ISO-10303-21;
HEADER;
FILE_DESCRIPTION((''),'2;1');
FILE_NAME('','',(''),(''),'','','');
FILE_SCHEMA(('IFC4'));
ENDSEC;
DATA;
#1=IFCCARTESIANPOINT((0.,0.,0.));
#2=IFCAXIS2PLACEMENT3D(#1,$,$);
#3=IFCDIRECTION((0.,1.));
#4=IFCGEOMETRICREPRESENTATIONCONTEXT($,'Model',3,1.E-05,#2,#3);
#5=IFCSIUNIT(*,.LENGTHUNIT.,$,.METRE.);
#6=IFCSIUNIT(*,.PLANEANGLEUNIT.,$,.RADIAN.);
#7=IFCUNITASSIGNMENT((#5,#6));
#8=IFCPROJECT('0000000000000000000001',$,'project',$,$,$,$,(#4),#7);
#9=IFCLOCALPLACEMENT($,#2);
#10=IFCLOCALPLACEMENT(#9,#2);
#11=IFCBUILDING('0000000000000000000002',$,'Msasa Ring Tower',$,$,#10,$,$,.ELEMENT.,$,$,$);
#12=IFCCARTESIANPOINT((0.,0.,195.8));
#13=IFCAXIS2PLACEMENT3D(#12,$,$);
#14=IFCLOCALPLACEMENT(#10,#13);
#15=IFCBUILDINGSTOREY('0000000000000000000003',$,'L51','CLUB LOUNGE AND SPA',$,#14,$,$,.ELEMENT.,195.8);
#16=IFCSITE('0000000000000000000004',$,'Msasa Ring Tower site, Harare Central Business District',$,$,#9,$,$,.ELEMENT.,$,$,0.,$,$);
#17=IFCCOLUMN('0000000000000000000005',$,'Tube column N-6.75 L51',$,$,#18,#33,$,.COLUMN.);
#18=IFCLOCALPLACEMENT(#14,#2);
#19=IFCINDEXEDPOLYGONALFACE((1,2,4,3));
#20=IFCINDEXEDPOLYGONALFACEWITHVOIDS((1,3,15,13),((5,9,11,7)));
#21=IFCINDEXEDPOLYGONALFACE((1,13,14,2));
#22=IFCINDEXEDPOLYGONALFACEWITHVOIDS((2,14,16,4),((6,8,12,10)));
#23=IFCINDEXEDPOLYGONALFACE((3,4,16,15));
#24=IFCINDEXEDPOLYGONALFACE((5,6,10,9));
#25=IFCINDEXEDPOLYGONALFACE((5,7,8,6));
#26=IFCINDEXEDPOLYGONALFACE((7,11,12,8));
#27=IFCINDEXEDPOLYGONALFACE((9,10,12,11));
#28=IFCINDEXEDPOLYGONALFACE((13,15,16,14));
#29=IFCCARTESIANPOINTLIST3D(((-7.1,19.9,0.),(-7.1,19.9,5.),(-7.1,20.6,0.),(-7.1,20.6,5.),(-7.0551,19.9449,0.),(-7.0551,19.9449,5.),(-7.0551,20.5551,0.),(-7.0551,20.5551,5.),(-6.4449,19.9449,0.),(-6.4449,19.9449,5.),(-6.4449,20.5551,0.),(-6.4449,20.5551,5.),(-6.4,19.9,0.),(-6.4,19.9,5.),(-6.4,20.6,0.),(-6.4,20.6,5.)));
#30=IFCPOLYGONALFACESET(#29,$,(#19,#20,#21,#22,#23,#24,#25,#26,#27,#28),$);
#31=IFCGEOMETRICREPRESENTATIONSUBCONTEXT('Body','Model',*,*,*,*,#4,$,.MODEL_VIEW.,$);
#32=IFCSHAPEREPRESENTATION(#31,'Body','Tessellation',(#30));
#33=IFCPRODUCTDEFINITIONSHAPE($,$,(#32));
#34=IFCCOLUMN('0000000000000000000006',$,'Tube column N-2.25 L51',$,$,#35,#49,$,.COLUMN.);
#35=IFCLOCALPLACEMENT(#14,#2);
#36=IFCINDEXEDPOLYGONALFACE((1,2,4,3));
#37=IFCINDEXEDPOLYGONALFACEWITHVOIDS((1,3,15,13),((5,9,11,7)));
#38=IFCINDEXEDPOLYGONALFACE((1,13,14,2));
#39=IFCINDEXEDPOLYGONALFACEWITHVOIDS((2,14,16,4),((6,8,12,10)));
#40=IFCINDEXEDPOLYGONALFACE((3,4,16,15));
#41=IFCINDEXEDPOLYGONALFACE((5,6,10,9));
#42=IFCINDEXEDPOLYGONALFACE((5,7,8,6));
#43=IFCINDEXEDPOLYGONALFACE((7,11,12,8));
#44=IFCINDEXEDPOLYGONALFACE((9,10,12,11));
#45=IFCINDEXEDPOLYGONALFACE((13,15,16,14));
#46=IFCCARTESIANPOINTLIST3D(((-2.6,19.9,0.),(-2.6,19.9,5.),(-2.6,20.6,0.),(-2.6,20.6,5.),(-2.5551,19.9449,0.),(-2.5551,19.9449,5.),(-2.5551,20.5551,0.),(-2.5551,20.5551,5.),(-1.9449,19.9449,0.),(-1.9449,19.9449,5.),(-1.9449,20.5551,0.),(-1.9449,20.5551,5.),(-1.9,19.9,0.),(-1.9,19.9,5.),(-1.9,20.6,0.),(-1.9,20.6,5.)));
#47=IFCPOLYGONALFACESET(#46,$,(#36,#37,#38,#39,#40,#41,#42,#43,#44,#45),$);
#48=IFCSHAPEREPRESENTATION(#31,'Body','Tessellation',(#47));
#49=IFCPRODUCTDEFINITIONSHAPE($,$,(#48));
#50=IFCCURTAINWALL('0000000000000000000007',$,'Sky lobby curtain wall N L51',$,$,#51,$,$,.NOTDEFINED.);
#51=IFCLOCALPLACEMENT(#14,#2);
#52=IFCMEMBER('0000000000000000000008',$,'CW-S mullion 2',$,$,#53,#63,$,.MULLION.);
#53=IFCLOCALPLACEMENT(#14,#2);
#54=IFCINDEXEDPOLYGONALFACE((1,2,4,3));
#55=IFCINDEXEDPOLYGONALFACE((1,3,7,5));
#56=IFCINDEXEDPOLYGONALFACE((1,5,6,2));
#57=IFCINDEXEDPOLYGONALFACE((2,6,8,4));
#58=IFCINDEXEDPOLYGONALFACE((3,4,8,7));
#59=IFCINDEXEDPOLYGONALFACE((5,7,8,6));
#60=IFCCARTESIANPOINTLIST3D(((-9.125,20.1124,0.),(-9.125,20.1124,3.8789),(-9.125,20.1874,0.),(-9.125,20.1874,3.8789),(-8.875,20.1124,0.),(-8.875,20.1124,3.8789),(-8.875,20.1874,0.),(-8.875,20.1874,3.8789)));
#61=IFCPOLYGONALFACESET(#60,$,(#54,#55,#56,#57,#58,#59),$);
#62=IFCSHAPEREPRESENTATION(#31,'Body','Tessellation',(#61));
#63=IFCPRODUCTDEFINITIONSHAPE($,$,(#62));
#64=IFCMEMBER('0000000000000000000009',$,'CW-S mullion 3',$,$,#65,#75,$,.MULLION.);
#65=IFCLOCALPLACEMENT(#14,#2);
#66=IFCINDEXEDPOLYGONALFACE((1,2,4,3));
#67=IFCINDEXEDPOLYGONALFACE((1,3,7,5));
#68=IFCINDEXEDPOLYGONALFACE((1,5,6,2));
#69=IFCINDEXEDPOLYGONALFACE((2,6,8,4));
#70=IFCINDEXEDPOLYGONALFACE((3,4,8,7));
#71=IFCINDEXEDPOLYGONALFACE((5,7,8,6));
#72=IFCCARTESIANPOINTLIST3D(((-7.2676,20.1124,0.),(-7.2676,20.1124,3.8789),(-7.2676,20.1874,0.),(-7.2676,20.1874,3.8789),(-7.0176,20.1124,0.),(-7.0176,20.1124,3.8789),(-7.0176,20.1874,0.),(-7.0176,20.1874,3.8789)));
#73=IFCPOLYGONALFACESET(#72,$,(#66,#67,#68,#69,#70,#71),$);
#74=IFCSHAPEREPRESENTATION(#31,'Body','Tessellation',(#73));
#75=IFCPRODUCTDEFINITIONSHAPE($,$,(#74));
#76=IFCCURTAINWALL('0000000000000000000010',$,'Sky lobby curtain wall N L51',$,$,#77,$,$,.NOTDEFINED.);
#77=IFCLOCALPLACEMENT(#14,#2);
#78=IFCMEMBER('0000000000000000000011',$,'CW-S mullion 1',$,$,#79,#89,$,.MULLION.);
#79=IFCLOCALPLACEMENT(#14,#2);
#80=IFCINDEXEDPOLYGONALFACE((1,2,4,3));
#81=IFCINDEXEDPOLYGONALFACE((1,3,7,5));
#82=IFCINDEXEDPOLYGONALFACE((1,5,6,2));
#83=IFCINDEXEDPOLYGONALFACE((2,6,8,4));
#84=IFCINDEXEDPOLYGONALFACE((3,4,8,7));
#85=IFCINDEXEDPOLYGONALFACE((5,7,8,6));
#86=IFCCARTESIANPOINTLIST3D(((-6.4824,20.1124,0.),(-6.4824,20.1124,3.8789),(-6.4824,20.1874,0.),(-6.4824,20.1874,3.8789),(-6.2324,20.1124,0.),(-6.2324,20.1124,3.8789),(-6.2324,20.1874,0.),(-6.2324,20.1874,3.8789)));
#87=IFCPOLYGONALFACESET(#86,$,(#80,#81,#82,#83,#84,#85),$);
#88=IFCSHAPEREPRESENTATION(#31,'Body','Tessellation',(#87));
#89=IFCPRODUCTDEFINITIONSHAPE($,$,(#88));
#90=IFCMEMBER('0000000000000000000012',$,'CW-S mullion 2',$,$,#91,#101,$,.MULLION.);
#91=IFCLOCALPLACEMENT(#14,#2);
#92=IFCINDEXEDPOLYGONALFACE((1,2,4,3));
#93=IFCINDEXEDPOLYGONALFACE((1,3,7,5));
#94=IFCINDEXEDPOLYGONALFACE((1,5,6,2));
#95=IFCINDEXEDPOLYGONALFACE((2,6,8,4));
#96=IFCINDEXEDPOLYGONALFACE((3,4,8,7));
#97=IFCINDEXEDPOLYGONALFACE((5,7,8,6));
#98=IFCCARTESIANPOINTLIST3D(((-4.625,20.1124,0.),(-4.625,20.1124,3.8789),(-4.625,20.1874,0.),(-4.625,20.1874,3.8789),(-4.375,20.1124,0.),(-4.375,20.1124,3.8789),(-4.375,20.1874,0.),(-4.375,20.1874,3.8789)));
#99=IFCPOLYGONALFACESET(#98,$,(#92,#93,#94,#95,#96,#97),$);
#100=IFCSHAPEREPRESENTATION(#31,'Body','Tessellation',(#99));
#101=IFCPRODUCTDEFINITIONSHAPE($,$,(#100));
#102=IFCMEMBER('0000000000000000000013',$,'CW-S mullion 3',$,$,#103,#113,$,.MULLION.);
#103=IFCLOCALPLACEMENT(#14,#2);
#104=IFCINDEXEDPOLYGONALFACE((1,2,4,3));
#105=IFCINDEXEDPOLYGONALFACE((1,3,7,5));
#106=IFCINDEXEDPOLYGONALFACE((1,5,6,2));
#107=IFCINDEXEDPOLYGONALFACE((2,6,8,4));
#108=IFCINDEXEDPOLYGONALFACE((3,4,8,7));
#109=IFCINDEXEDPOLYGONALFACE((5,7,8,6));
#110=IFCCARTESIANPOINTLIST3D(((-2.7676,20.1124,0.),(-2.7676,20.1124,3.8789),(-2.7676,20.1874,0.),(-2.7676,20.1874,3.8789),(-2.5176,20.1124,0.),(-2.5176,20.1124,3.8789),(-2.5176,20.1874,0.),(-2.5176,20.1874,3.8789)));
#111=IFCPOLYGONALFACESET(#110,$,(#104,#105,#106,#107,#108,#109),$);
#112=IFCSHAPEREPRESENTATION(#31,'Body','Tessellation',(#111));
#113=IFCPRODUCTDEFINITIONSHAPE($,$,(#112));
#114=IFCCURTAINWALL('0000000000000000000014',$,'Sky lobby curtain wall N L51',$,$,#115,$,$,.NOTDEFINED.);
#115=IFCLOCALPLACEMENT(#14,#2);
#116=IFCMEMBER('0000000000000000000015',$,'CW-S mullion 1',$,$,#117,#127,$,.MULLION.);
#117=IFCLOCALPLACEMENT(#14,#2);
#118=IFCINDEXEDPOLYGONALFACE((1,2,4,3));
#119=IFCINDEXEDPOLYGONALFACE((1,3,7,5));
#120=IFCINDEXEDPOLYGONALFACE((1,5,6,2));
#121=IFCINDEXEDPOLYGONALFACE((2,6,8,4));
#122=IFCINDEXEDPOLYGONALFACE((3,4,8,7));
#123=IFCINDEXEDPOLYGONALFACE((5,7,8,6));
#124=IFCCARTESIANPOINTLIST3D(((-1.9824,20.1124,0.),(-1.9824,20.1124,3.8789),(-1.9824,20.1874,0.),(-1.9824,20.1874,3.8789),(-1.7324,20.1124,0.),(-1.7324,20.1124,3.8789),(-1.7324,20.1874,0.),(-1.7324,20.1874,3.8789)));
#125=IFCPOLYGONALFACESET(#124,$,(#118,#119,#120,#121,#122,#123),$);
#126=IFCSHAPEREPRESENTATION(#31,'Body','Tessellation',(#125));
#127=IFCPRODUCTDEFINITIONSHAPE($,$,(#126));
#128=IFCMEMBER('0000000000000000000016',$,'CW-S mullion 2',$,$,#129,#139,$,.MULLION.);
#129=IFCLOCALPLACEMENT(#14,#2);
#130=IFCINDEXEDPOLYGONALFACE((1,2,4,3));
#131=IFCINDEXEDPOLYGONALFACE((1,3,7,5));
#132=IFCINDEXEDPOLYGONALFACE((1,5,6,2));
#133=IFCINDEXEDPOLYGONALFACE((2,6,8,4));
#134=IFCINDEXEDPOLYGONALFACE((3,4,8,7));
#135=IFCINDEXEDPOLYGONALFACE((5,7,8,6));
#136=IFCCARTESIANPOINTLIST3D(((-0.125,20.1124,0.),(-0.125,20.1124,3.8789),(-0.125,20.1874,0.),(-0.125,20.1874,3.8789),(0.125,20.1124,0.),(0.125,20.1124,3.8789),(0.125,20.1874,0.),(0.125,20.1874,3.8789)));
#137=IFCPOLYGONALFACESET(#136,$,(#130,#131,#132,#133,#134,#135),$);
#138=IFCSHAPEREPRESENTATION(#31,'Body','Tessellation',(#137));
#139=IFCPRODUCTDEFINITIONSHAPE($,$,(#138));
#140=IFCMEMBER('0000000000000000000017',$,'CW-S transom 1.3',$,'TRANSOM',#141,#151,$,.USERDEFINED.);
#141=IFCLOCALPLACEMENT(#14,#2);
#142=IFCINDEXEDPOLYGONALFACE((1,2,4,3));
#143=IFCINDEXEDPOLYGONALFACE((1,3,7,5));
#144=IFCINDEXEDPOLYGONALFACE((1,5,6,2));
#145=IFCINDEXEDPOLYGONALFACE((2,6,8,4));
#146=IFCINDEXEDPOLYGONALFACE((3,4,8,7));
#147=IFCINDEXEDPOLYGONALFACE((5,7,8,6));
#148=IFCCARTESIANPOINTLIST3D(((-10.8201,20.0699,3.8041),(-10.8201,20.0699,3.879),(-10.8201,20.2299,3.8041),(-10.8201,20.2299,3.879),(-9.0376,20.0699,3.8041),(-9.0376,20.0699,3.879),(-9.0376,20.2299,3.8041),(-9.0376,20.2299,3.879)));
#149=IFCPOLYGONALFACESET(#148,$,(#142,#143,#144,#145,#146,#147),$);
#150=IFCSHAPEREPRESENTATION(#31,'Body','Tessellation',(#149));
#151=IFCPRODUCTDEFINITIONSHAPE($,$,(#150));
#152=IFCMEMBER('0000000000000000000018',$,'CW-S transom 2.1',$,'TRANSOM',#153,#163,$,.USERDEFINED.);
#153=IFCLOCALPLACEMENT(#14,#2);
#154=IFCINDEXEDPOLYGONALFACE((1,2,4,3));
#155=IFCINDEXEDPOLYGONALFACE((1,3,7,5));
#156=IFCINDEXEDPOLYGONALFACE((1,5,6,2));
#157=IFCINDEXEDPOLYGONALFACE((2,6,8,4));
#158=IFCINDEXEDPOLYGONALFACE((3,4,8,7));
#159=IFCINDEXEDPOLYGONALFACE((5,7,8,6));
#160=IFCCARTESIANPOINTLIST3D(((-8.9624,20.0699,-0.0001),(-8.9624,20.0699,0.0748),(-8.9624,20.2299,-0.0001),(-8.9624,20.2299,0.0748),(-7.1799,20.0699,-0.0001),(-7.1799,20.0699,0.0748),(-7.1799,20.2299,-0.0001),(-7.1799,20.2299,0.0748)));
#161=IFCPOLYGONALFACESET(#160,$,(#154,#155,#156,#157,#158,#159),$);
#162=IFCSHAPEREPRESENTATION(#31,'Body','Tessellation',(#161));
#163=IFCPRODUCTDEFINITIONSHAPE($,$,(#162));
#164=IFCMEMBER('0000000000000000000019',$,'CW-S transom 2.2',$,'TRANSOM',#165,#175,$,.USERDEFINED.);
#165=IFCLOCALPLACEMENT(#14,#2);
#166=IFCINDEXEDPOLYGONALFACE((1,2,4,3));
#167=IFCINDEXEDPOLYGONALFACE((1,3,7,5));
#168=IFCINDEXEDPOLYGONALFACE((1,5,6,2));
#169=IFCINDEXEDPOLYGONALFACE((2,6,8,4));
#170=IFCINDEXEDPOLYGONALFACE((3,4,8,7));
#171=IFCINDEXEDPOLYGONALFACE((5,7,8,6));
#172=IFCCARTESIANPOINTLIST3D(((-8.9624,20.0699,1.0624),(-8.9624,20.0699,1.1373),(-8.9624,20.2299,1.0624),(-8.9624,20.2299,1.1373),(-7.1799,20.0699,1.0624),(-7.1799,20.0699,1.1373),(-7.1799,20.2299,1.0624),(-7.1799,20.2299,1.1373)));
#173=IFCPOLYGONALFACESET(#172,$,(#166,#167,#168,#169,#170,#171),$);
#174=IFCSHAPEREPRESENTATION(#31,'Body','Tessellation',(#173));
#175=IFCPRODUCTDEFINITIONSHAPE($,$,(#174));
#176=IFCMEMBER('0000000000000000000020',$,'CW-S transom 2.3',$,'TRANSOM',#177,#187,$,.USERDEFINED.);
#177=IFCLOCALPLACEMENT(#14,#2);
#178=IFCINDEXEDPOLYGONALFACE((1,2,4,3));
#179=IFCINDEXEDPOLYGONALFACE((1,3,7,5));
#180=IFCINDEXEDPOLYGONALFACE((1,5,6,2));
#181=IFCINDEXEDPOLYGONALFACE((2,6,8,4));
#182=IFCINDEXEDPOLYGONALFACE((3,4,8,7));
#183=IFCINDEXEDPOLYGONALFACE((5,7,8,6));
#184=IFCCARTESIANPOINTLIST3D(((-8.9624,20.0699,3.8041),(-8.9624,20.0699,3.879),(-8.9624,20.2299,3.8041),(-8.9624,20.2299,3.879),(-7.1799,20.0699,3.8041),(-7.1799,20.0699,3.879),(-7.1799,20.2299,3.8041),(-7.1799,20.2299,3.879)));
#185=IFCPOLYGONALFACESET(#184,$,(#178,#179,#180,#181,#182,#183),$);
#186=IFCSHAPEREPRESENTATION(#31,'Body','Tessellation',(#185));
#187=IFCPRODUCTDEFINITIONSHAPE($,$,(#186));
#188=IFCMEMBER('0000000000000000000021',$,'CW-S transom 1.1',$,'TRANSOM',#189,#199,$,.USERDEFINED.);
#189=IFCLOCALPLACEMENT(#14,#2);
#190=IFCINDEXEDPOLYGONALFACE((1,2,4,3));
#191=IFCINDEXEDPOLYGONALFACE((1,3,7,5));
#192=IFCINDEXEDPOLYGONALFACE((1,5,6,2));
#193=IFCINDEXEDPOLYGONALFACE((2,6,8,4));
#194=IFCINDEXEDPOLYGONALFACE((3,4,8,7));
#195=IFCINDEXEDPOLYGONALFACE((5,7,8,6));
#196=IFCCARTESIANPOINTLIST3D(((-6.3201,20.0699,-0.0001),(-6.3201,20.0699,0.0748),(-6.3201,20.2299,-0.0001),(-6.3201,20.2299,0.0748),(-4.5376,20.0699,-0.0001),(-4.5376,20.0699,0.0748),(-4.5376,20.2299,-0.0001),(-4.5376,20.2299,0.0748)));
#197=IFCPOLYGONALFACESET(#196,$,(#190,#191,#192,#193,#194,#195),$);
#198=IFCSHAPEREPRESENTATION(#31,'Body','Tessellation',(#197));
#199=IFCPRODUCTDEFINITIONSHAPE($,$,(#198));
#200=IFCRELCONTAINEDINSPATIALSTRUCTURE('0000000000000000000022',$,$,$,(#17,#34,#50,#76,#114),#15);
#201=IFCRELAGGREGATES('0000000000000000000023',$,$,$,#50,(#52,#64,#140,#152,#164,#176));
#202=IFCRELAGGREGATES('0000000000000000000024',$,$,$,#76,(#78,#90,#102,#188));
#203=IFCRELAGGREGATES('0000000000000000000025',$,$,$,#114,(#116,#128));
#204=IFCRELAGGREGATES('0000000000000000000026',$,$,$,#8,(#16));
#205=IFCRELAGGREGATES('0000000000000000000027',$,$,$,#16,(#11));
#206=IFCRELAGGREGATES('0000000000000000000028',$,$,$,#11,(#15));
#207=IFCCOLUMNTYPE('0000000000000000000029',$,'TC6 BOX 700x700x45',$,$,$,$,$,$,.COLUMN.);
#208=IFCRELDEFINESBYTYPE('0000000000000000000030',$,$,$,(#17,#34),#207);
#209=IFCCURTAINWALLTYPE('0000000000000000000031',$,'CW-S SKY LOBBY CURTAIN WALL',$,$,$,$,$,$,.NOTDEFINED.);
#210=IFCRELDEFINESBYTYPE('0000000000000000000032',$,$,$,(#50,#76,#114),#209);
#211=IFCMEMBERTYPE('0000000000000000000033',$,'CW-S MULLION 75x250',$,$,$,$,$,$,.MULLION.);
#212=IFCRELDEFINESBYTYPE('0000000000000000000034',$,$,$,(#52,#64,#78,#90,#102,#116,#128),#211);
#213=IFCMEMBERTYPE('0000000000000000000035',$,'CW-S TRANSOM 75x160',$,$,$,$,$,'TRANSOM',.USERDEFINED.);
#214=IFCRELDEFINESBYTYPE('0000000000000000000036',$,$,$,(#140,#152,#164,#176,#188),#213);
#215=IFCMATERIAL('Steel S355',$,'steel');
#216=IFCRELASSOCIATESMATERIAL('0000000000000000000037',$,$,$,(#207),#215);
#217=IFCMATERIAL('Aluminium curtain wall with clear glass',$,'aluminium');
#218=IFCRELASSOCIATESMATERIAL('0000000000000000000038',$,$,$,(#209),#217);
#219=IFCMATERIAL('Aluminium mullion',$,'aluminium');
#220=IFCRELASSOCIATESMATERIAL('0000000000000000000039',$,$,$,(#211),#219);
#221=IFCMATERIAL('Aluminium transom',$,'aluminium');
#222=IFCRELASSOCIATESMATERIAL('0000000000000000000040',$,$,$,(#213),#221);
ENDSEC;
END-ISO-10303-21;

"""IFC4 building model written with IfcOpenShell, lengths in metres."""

from ifc_helpers import new_model, si_unit, direction, frame, origin, origin_2d, place, context, subcontext, project, spatial, rectangle, hollow_rectangle, extrude, material, material_profile, profile_set, type_object, element, aggregate, save


model = new_model("IFC4")

# Units and contexts
model_context = context("Model", 3, precision=1e-05, world=origin(), true_north=direction((0.0, 1.0)))
body_context = subcontext(model_context, "Body", "Model", "MODEL_VIEW")
ifc_project = project(units=[si_unit("LENGTHUNIT", "METRE"), si_unit("PLANEANGLEUNIT", "RADIAN")], contexts=[model_context])

# Site, building, storey
site_placement = place(None, origin())
site = spatial("IfcSite", under=ifc_project, at=site_placement, Name="Msasa Ring Tower site, Harare Central Business District", CompositionType="ELEMENT", RefElevation=0.0)
building_placement = place(site_placement, origin())
building = spatial("IfcBuilding", under=site, at=building_placement, Name="Msasa Ring Tower", CompositionType="ELEMENT")
storey_placement = place(building_placement, frame((0.0, 0.0, 195.8)))
storey = spatial("IfcBuildingStorey", under=building, at=storey_placement, Name="L51", Description="CLUB LOUNGE AND SPA", CompositionType="ELEMENT", Elevation=195.8)

# Columns
ifc_material_1 = material(Name="Steel S355", Category="steel")
ifc_material_profile_1 = material_profile(ifc_material_1, hollow_rectangle(XDim=0.7, YDim=0.7, WallThickness=0.0449, at=origin_2d()), Name="BOX 700x700x45")
ifc_profile_set_1 = profile_set([ifc_material_profile_1], Name="Steel S355")
column_type = type_object("IfcColumnType", Name="TC6 BOX 700x700x45", PredefinedType="COLUMN", material=ifc_profile_set_1)
for number, where, z_axis, x_axis, name in (
    (1, (-6.75, 20.25, 0.0), (0.0, 0.0, 1.0), (0.0, 1.0, 0.0), "Tube column N-6.75 L51"),
    (2, (-2.25, 20.25, 0.0), (0.0, 0.0, 1.0), (0.0, 1.0, 0.0), "Tube column N-2.25 L51"),
):
    element("IfcColumn", number, at=place(storey_placement, frame(where, z_axis=z_axis, x_axis=x_axis)), inside=storey, type_object=column_type, Name=name, PredefinedType="COLUMN", context=body_context, shape_type="SweptSolid", body=[
        extrude(hollow_rectangle(XDim=0.7, YDim=0.7, WallThickness=0.0449, at=origin_2d()), origin(), (0.0, 0.0, 1.0), 5.0),
    ])

# Curtain walls, members
ifc_material_2 = material(Name="Aluminium curtain wall with clear glass", Category="aluminium")
curtain_wall_type = type_object("IfcCurtainWallType", Name="CW-S SKY LOBBY CURTAIN WALL", PredefinedType="NOTDEFINED", material=ifc_material_2)
curtain_wall_1_placement = place(storey_placement, origin())
curtain_wall_1 = element("IfcCurtainWall", 3, at=curtain_wall_1_placement, inside=storey, type_object=curtain_wall_type, Name="Sky lobby curtain wall N L51", PredefinedType="NOTDEFINED")
ifc_material_3 = material(Name="Aluminium mullion", Category="aluminium")
ifc_material_profile_2 = material_profile(ifc_material_3, rectangle(XDim=0.075, YDim=0.25, at=origin_2d()), Name="AL 75x250")
ifc_profile_set_2 = profile_set([ifc_material_profile_2], Name="Aluminium mullion")
member_type_1 = type_object("IfcMemberType", Name="CW-S MULLION 75x250", PredefinedType="MULLION", material=ifc_profile_set_2)
member_1_placement = place(storey_placement, frame((-9.0, 20.1499, 0.0), z_axis=(0.0, 0.0, 1.0), x_axis=(0.0, 1.0, 0.0)))
member_1 = element("IfcMember", 4, at=member_1_placement, type_object=member_type_1, Name="CW-S mullion 2", PredefinedType="MULLION", context=body_context, shape_type="SweptSolid", body=[
    extrude(rectangle(XDim=0.075, YDim=0.25, at=origin_2d()), origin(), (0.0, 0.0, 1.0), 3.8789),
])
member_2_placement = place(storey_placement, frame((-7.1426, 20.1499, 0.0), z_axis=(0.0, 0.0, 1.0), x_axis=(0.0, 1.0, 0.0)))
member_2 = element("IfcMember", 5, at=member_2_placement, type_object=member_type_1, Name="CW-S mullion 3", PredefinedType="MULLION", context=body_context, shape_type="SweptSolid", body=[
    extrude(rectangle(XDim=0.075, YDim=0.25, at=origin_2d()), origin(), (0.0, 0.0, 1.0), 3.8789),
])
curtain_wall_2_placement = place(storey_placement, origin())
curtain_wall_2 = element("IfcCurtainWall", 6, at=curtain_wall_2_placement, inside=storey, type_object=curtain_wall_type, Name="Sky lobby curtain wall N L51", PredefinedType="NOTDEFINED")
member_3_placement = place(storey_placement, frame((-6.3574, 20.1499, 0.0), z_axis=(0.0, 0.0, 1.0), x_axis=(0.0, 1.0, 0.0)))
member_3 = element("IfcMember", 7, at=member_3_placement, type_object=member_type_1, Name="CW-S mullion 1", PredefinedType="MULLION", context=body_context, shape_type="SweptSolid", body=[
    extrude(rectangle(XDim=0.075, YDim=0.25, at=origin_2d()), origin(), (0.0, 0.0, 1.0), 3.8789),
])
member_4_placement = place(storey_placement, frame((-4.5, 20.1499, 0.0), z_axis=(0.0, 0.0, 1.0), x_axis=(0.0, 1.0, 0.0)))
member_4 = element("IfcMember", 8, at=member_4_placement, type_object=member_type_1, Name="CW-S mullion 2", PredefinedType="MULLION", context=body_context, shape_type="SweptSolid", body=[
    extrude(rectangle(XDim=0.075, YDim=0.25, at=origin_2d()), origin(), (0.0, 0.0, 1.0), 3.8789),
])
member_5_placement = place(storey_placement, frame((-2.6426, 20.1499, 0.0), z_axis=(0.0, 0.0, 1.0), x_axis=(0.0, 1.0, 0.0)))
member_5 = element("IfcMember", 9, at=member_5_placement, type_object=member_type_1, Name="CW-S mullion 3", PredefinedType="MULLION", context=body_context, shape_type="SweptSolid", body=[
    extrude(rectangle(XDim=0.075, YDim=0.25, at=origin_2d()), origin(), (0.0, 0.0, 1.0), 3.8789),
])
curtain_wall_3_placement = place(storey_placement, origin())
curtain_wall_3 = element("IfcCurtainWall", 10, at=curtain_wall_3_placement, inside=storey, type_object=curtain_wall_type, Name="Sky lobby curtain wall N L51", PredefinedType="NOTDEFINED")
member_6_placement = place(storey_placement, frame((-1.8574, 20.1499, 0.0), z_axis=(0.0, 0.0, 1.0), x_axis=(0.0, 1.0, 0.0)))
member_6 = element("IfcMember", 11, at=member_6_placement, type_object=member_type_1, Name="CW-S mullion 1", PredefinedType="MULLION", context=body_context, shape_type="SweptSolid", body=[
    extrude(rectangle(XDim=0.075, YDim=0.25, at=origin_2d()), origin(), (0.0, 0.0, 1.0), 3.8789),
])
member_7_placement = place(storey_placement, frame((0.0, 20.1499, 0.0), z_axis=(0.0, 0.0, 1.0), x_axis=(0.0, 1.0, 0.0)))
member_7 = element("IfcMember", 12, at=member_7_placement, type_object=member_type_1, Name="CW-S mullion 2", PredefinedType="MULLION", context=body_context, shape_type="SweptSolid", body=[
    extrude(rectangle(XDim=0.075, YDim=0.25, at=origin_2d()), origin(), (0.0, 0.0, 1.0), 3.8789),
])

# Members
ifc_material_4 = material(Name="Aluminium transom", Category="aluminium")
ifc_material_profile_3 = material_profile(ifc_material_4, rectangle(XDim=0.1599, YDim=0.075, at=origin_2d()), Name="AL 75x160")
ifc_profile_set_3 = profile_set([ifc_material_profile_3], Name="Aluminium transom")
member_type_2 = type_object("IfcMemberType", Name="CW-S TRANSOM 75x160", ElementType="TRANSOM", PredefinedType="USERDEFINED", material=ifc_profile_set_3)
member_8_placement = place(storey_placement, frame((-10.8201, 20.1499, 3.8416), z_axis=(1.0, 0.0, 0.0), x_axis=(0.0, 1.0, 0.0)))
member_8 = element("IfcMember", 13, at=member_8_placement, type_object=member_type_2, Name="CW-S transom 1.3", ObjectType="TRANSOM", PredefinedType="USERDEFINED", context=body_context, shape_type="SweptSolid", body=[
    extrude(rectangle(XDim=0.1599, YDim=0.075, at=origin_2d()), origin(), (0.0, 0.0, 1.0), 1.7825),
])
member_9_placement = place(storey_placement, frame((-8.9624, 20.1499, 0.0374), z_axis=(1.0, 0.0, 0.0), x_axis=(0.0, 1.0, 0.0)))
member_9 = element("IfcMember", 14, at=member_9_placement, type_object=member_type_2, Name="CW-S transom 2.1", ObjectType="TRANSOM", PredefinedType="USERDEFINED", context=body_context, shape_type="SweptSolid", body=[
    extrude(rectangle(XDim=0.1599, YDim=0.075, at=origin_2d()), origin(), (0.0, 0.0, 1.0), 1.7825),
])
member_10_placement = place(storey_placement, frame((-8.9624, 20.1499, 1.0999), z_axis=(1.0, 0.0, 0.0), x_axis=(0.0, 1.0, 0.0)))
member_10 = element("IfcMember", 15, at=member_10_placement, type_object=member_type_2, Name="CW-S transom 2.2", ObjectType="TRANSOM", PredefinedType="USERDEFINED", context=body_context, shape_type="SweptSolid", body=[
    extrude(rectangle(XDim=0.1599, YDim=0.075, at=origin_2d()), origin(), (0.0, 0.0, 1.0), 1.7825),
])
member_11_placement = place(storey_placement, frame((-8.9624, 20.1499, 3.8416), z_axis=(1.0, 0.0, 0.0), x_axis=(0.0, 1.0, 0.0)))
member_11 = element("IfcMember", 16, at=member_11_placement, type_object=member_type_2, Name="CW-S transom 2.3", ObjectType="TRANSOM", PredefinedType="USERDEFINED", context=body_context, shape_type="SweptSolid", body=[
    extrude(rectangle(XDim=0.1599, YDim=0.075, at=origin_2d()), origin(), (0.0, 0.0, 1.0), 1.7825),
])
member_12_placement = place(storey_placement, frame((-6.3201, 20.1499, 0.0374), z_axis=(1.0, 0.0, 0.0), x_axis=(0.0, 1.0, 0.0)))
member_12 = element("IfcMember", 17, at=member_12_placement, type_object=member_type_2, Name="CW-S transom 1.1", ObjectType="TRANSOM", PredefinedType="USERDEFINED", context=body_context, shape_type="SweptSolid", body=[
    extrude(rectangle(XDim=0.1599, YDim=0.075, at=origin_2d()), origin(), (0.0, 0.0, 1.0), 1.7825),
])

aggregate(curtain_wall_1, [member_1, member_2, member_8, member_9, member_10, member_11])
aggregate(curtain_wall_2, [member_3, member_4, member_5, member_12])
aggregate(curtain_wall_3, [member_6, member_7])

save(model, "model.ifc")
